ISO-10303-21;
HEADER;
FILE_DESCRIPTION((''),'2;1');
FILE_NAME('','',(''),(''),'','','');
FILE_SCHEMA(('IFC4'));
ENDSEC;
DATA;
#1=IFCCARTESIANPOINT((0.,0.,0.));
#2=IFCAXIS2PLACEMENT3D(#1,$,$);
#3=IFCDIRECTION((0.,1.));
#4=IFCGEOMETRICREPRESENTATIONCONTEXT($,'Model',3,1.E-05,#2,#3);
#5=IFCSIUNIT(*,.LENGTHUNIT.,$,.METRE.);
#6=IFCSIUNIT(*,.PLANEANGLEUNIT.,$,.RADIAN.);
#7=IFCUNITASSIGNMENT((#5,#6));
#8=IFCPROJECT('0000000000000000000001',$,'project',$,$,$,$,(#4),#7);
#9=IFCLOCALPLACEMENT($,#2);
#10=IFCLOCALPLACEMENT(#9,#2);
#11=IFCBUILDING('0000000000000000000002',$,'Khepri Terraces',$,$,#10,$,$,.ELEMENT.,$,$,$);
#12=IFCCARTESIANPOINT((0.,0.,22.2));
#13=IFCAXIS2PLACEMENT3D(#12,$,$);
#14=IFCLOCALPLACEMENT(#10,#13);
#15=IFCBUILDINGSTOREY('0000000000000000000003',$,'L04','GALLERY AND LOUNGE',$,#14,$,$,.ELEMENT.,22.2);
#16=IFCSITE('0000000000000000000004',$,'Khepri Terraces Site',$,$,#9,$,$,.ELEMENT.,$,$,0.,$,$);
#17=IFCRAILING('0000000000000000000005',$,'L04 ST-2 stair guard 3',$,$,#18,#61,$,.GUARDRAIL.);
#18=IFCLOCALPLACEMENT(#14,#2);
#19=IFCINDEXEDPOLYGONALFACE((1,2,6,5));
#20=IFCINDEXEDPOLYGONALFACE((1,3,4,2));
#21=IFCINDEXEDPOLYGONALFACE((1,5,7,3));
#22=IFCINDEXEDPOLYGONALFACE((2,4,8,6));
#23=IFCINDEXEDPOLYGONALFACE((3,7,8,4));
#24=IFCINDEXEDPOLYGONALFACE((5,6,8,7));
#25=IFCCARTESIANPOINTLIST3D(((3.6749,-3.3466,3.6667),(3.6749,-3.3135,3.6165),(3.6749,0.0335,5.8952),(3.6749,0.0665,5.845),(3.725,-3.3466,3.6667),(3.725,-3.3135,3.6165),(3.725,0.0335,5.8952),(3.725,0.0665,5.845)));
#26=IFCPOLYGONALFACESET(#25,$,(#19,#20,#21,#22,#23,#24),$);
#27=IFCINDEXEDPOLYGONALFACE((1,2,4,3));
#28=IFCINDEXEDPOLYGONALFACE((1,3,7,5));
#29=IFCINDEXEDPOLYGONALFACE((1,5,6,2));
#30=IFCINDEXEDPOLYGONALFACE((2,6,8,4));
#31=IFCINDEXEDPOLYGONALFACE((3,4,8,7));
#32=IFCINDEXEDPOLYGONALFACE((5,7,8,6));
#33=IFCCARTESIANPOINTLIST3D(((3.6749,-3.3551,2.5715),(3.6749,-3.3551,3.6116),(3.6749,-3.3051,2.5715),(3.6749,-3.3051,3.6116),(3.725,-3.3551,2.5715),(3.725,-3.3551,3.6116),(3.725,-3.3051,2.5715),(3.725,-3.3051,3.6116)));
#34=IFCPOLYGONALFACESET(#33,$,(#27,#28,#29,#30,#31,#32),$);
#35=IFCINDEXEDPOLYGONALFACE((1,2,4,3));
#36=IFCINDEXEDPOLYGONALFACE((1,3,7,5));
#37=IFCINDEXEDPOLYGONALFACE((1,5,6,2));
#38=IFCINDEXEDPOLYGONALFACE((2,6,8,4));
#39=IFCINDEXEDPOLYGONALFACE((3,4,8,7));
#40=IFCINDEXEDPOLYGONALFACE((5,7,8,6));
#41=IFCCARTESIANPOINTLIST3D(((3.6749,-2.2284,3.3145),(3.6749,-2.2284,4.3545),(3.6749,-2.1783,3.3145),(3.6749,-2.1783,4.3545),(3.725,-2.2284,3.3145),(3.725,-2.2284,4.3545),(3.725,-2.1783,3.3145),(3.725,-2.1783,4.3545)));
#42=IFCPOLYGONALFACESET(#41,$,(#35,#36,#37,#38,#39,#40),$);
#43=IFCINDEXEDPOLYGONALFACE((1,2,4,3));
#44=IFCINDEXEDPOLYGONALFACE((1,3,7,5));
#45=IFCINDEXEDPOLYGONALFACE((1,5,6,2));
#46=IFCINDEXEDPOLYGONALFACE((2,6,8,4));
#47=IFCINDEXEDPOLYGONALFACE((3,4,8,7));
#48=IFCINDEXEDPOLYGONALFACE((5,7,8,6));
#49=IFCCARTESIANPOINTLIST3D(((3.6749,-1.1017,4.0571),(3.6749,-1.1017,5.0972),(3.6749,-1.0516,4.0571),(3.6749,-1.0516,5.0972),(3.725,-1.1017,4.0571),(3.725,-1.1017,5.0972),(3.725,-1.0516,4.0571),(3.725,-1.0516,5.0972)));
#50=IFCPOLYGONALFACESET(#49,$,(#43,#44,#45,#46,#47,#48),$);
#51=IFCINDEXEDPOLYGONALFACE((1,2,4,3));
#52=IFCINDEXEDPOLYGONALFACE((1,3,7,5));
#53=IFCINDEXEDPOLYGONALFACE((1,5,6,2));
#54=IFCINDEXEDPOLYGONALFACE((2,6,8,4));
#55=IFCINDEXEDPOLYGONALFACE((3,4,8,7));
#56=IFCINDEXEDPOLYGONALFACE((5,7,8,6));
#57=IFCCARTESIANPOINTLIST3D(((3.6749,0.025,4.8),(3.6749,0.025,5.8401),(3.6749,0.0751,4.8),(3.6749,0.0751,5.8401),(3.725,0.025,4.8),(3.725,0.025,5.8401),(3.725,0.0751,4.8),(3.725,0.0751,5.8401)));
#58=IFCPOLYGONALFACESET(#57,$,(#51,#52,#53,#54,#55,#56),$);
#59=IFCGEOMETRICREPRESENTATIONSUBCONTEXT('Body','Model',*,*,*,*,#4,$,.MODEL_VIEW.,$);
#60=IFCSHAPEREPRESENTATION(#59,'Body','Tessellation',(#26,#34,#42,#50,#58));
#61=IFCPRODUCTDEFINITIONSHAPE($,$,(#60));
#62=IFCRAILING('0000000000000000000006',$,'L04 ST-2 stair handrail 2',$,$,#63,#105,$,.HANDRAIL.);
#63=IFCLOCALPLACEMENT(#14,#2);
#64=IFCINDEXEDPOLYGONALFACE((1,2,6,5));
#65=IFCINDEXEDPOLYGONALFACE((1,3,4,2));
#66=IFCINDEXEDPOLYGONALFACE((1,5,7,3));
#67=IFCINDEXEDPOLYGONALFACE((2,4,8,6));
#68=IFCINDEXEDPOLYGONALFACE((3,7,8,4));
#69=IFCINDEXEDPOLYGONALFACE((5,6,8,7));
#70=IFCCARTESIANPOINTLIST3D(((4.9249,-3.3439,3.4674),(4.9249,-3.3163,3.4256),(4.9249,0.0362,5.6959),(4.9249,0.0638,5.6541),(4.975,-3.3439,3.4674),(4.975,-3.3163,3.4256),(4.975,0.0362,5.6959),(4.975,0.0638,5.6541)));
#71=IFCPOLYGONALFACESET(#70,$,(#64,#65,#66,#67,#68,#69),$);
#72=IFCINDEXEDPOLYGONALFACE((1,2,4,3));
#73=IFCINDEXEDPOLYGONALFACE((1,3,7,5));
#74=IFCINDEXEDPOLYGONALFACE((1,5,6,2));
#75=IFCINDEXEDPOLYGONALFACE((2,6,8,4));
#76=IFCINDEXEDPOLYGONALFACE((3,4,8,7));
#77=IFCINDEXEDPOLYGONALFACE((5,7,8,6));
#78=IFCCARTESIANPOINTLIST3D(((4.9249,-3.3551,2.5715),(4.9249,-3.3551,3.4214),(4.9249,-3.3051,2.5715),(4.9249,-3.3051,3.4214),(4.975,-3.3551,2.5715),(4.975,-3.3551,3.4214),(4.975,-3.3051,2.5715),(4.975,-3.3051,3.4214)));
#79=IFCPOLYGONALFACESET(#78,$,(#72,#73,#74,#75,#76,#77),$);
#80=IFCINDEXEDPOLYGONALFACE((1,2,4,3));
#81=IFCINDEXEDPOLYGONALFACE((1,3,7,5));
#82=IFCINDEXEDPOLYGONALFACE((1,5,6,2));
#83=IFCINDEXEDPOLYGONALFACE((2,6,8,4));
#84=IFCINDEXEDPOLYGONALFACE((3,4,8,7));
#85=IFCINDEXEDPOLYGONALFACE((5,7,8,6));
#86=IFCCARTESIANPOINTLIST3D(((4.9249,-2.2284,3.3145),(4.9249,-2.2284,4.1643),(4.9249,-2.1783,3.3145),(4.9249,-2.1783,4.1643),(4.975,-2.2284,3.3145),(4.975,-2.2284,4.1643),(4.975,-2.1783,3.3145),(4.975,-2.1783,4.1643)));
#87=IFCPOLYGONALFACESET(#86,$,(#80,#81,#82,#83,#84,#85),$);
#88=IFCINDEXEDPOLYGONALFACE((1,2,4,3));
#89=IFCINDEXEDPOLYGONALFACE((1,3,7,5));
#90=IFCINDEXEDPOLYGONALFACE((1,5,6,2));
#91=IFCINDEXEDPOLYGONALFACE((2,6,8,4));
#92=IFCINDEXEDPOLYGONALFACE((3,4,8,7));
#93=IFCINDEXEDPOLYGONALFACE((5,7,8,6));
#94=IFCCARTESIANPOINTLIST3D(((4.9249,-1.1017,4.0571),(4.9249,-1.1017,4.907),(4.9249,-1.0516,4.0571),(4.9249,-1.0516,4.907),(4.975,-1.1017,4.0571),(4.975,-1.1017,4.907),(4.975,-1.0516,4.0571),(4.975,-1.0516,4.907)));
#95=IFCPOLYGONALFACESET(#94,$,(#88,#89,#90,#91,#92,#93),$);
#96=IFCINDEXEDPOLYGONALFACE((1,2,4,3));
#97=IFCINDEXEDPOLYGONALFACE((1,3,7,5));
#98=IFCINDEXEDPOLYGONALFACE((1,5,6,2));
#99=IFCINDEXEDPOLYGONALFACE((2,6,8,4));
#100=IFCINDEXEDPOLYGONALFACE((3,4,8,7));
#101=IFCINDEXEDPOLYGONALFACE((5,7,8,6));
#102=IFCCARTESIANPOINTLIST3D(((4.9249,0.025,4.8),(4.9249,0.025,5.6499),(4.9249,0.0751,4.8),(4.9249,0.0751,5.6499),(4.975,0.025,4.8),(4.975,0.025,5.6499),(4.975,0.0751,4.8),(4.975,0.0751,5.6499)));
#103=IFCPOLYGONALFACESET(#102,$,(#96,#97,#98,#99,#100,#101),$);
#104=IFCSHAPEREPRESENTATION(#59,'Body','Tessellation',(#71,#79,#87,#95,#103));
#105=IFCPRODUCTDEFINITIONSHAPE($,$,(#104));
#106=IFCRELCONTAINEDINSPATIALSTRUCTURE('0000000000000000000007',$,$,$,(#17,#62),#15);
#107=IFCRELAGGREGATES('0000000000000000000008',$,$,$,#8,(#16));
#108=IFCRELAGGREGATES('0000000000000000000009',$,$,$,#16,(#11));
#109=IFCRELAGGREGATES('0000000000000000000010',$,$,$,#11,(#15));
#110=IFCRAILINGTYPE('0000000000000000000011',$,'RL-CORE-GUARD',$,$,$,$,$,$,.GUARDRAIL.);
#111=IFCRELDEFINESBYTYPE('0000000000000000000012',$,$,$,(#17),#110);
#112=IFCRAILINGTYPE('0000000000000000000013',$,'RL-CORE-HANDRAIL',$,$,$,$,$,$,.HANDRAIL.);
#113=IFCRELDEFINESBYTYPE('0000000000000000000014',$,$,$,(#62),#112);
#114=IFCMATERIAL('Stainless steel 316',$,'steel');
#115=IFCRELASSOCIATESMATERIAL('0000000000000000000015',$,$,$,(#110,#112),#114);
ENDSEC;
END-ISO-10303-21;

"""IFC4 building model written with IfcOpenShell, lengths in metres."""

from ifc_helpers import new_model, si_unit, direction, frame, origin, origin_2d, place, context, subcontext, project, spatial, rectangle, extrude, material, type_object, element, save


model = new_model("IFC4")

# Units and contexts
model_context = context("Model", 3, precision=1e-05, world=origin(), true_north=direction((0.0, 1.0)))
body_context = subcontext(model_context, "Body", "Model", "MODEL_VIEW")
ifc_project = project(units=[si_unit("LENGTHUNIT", "METRE"), si_unit("PLANEANGLEUNIT", "RADIAN")], contexts=[model_context])

# Site, building, storey
site_placement = place(None, origin())
site = spatial("IfcSite", under=ifc_project, at=site_placement, Name="Khepri Terraces Site", CompositionType="ELEMENT", RefElevation=0.0)
building_placement = place(site_placement, origin())
building = spatial("IfcBuilding", under=site, at=building_placement, Name="Khepri Terraces", CompositionType="ELEMENT")
storey_placement = place(building_placement, frame((0.0, 0.0, 22.2)))
storey = spatial("IfcBuildingStorey", under=building, at=storey_placement, Name="L04", Description="GALLERY AND LOUNGE", CompositionType="ELEMENT", Elevation=22.2)

# Railings
ifc_material_1 = material(Name="Stainless steel 316", Category="steel")
railing_type_1 = type_object("IfcRailingType", Name="RL-CORE-GUARD", PredefinedType="GUARDRAIL", material=ifc_material_1)
railing_1_placement = place(storey_placement, frame((3.7, -3.3301, 2.5715)))
element("IfcRailing", 1, at=railing_1_placement, inside=storey, type_object=railing_type_1, Name="L04 ST-2 stair guard 3", PredefinedType="GUARDRAIL", context=body_context, shape_type="SweptSolid", body=[
    extrude(rectangle(XDim=0.05, YDim=0.0601, at=origin_2d()), frame((0.0, 0.0, 1.0701), z_axis=(0.0, 0.834878, 0.550435), x_axis=(-1.0, 0.0, 0.0)), (0.0, 0.0, 1.0), 4.0486),
    extrude(rectangle(XDim=0.05, YDim=0.05, at=origin_2d()), origin(), (0.0, 0.0, 1.0), 1.04),
    extrude(rectangle(XDim=0.05, YDim=0.05, at=origin_2d()), frame((0.0, 1.1267, 0.7429)), (0.0, 0.0, 1.0), 1.04),
    extrude(rectangle(XDim=0.05, YDim=0.05, at=origin_2d()), frame((0.0, 2.2534, 1.4856)), (0.0, 0.0, 1.0), 1.04),
    extrude(rectangle(XDim=0.05, YDim=0.05, at=origin_2d()), frame((0.0, 3.3801, 2.2285)), (0.0, 0.0, 1.0), 1.04),
])
railing_type_2 = type_object("IfcRailingType", Name="RL-CORE-HANDRAIL", PredefinedType="HANDRAIL", material=ifc_material_1)
railing_2_placement = place(storey_placement, frame((4.95, -3.3301, 2.5715)))
element("IfcRailing", 2, at=railing_2_placement, inside=storey, type_object=railing_type_2, Name="L04 ST-2 stair handrail 2", PredefinedType="HANDRAIL", context=body_context, shape_type="SweptSolid", body=[
    extrude(rectangle(XDim=0.05, YDim=0.05, at=origin_2d()), frame((0.0, 0.0, 0.875), z_axis=(0.0, 0.834878, 0.550435), x_axis=(-1.0, 0.0, 0.0)), (0.0, 0.0, 1.0), 4.0486),
    extrude(rectangle(XDim=0.05, YDim=0.05, at=origin_2d()), origin(), (0.0, 0.0, 1.0), 0.8499),
    extrude(rectangle(XDim=0.05, YDim=0.05, at=origin_2d()), frame((0.0, 1.1267, 0.7429)), (0.0, 0.0, 1.0), 0.8499),
    extrude(rectangle(XDim=0.05, YDim=0.05, at=origin_2d()), frame((0.0, 2.2534, 1.4856)), (0.0, 0.0, 1.0), 0.8499),
    extrude(rectangle(XDim=0.05, YDim=0.05, at=origin_2d()), frame((0.0, 3.3801, 2.2285)), (0.0, 0.0, 1.0), 0.8499),
])

save(model, "model.ifc")
